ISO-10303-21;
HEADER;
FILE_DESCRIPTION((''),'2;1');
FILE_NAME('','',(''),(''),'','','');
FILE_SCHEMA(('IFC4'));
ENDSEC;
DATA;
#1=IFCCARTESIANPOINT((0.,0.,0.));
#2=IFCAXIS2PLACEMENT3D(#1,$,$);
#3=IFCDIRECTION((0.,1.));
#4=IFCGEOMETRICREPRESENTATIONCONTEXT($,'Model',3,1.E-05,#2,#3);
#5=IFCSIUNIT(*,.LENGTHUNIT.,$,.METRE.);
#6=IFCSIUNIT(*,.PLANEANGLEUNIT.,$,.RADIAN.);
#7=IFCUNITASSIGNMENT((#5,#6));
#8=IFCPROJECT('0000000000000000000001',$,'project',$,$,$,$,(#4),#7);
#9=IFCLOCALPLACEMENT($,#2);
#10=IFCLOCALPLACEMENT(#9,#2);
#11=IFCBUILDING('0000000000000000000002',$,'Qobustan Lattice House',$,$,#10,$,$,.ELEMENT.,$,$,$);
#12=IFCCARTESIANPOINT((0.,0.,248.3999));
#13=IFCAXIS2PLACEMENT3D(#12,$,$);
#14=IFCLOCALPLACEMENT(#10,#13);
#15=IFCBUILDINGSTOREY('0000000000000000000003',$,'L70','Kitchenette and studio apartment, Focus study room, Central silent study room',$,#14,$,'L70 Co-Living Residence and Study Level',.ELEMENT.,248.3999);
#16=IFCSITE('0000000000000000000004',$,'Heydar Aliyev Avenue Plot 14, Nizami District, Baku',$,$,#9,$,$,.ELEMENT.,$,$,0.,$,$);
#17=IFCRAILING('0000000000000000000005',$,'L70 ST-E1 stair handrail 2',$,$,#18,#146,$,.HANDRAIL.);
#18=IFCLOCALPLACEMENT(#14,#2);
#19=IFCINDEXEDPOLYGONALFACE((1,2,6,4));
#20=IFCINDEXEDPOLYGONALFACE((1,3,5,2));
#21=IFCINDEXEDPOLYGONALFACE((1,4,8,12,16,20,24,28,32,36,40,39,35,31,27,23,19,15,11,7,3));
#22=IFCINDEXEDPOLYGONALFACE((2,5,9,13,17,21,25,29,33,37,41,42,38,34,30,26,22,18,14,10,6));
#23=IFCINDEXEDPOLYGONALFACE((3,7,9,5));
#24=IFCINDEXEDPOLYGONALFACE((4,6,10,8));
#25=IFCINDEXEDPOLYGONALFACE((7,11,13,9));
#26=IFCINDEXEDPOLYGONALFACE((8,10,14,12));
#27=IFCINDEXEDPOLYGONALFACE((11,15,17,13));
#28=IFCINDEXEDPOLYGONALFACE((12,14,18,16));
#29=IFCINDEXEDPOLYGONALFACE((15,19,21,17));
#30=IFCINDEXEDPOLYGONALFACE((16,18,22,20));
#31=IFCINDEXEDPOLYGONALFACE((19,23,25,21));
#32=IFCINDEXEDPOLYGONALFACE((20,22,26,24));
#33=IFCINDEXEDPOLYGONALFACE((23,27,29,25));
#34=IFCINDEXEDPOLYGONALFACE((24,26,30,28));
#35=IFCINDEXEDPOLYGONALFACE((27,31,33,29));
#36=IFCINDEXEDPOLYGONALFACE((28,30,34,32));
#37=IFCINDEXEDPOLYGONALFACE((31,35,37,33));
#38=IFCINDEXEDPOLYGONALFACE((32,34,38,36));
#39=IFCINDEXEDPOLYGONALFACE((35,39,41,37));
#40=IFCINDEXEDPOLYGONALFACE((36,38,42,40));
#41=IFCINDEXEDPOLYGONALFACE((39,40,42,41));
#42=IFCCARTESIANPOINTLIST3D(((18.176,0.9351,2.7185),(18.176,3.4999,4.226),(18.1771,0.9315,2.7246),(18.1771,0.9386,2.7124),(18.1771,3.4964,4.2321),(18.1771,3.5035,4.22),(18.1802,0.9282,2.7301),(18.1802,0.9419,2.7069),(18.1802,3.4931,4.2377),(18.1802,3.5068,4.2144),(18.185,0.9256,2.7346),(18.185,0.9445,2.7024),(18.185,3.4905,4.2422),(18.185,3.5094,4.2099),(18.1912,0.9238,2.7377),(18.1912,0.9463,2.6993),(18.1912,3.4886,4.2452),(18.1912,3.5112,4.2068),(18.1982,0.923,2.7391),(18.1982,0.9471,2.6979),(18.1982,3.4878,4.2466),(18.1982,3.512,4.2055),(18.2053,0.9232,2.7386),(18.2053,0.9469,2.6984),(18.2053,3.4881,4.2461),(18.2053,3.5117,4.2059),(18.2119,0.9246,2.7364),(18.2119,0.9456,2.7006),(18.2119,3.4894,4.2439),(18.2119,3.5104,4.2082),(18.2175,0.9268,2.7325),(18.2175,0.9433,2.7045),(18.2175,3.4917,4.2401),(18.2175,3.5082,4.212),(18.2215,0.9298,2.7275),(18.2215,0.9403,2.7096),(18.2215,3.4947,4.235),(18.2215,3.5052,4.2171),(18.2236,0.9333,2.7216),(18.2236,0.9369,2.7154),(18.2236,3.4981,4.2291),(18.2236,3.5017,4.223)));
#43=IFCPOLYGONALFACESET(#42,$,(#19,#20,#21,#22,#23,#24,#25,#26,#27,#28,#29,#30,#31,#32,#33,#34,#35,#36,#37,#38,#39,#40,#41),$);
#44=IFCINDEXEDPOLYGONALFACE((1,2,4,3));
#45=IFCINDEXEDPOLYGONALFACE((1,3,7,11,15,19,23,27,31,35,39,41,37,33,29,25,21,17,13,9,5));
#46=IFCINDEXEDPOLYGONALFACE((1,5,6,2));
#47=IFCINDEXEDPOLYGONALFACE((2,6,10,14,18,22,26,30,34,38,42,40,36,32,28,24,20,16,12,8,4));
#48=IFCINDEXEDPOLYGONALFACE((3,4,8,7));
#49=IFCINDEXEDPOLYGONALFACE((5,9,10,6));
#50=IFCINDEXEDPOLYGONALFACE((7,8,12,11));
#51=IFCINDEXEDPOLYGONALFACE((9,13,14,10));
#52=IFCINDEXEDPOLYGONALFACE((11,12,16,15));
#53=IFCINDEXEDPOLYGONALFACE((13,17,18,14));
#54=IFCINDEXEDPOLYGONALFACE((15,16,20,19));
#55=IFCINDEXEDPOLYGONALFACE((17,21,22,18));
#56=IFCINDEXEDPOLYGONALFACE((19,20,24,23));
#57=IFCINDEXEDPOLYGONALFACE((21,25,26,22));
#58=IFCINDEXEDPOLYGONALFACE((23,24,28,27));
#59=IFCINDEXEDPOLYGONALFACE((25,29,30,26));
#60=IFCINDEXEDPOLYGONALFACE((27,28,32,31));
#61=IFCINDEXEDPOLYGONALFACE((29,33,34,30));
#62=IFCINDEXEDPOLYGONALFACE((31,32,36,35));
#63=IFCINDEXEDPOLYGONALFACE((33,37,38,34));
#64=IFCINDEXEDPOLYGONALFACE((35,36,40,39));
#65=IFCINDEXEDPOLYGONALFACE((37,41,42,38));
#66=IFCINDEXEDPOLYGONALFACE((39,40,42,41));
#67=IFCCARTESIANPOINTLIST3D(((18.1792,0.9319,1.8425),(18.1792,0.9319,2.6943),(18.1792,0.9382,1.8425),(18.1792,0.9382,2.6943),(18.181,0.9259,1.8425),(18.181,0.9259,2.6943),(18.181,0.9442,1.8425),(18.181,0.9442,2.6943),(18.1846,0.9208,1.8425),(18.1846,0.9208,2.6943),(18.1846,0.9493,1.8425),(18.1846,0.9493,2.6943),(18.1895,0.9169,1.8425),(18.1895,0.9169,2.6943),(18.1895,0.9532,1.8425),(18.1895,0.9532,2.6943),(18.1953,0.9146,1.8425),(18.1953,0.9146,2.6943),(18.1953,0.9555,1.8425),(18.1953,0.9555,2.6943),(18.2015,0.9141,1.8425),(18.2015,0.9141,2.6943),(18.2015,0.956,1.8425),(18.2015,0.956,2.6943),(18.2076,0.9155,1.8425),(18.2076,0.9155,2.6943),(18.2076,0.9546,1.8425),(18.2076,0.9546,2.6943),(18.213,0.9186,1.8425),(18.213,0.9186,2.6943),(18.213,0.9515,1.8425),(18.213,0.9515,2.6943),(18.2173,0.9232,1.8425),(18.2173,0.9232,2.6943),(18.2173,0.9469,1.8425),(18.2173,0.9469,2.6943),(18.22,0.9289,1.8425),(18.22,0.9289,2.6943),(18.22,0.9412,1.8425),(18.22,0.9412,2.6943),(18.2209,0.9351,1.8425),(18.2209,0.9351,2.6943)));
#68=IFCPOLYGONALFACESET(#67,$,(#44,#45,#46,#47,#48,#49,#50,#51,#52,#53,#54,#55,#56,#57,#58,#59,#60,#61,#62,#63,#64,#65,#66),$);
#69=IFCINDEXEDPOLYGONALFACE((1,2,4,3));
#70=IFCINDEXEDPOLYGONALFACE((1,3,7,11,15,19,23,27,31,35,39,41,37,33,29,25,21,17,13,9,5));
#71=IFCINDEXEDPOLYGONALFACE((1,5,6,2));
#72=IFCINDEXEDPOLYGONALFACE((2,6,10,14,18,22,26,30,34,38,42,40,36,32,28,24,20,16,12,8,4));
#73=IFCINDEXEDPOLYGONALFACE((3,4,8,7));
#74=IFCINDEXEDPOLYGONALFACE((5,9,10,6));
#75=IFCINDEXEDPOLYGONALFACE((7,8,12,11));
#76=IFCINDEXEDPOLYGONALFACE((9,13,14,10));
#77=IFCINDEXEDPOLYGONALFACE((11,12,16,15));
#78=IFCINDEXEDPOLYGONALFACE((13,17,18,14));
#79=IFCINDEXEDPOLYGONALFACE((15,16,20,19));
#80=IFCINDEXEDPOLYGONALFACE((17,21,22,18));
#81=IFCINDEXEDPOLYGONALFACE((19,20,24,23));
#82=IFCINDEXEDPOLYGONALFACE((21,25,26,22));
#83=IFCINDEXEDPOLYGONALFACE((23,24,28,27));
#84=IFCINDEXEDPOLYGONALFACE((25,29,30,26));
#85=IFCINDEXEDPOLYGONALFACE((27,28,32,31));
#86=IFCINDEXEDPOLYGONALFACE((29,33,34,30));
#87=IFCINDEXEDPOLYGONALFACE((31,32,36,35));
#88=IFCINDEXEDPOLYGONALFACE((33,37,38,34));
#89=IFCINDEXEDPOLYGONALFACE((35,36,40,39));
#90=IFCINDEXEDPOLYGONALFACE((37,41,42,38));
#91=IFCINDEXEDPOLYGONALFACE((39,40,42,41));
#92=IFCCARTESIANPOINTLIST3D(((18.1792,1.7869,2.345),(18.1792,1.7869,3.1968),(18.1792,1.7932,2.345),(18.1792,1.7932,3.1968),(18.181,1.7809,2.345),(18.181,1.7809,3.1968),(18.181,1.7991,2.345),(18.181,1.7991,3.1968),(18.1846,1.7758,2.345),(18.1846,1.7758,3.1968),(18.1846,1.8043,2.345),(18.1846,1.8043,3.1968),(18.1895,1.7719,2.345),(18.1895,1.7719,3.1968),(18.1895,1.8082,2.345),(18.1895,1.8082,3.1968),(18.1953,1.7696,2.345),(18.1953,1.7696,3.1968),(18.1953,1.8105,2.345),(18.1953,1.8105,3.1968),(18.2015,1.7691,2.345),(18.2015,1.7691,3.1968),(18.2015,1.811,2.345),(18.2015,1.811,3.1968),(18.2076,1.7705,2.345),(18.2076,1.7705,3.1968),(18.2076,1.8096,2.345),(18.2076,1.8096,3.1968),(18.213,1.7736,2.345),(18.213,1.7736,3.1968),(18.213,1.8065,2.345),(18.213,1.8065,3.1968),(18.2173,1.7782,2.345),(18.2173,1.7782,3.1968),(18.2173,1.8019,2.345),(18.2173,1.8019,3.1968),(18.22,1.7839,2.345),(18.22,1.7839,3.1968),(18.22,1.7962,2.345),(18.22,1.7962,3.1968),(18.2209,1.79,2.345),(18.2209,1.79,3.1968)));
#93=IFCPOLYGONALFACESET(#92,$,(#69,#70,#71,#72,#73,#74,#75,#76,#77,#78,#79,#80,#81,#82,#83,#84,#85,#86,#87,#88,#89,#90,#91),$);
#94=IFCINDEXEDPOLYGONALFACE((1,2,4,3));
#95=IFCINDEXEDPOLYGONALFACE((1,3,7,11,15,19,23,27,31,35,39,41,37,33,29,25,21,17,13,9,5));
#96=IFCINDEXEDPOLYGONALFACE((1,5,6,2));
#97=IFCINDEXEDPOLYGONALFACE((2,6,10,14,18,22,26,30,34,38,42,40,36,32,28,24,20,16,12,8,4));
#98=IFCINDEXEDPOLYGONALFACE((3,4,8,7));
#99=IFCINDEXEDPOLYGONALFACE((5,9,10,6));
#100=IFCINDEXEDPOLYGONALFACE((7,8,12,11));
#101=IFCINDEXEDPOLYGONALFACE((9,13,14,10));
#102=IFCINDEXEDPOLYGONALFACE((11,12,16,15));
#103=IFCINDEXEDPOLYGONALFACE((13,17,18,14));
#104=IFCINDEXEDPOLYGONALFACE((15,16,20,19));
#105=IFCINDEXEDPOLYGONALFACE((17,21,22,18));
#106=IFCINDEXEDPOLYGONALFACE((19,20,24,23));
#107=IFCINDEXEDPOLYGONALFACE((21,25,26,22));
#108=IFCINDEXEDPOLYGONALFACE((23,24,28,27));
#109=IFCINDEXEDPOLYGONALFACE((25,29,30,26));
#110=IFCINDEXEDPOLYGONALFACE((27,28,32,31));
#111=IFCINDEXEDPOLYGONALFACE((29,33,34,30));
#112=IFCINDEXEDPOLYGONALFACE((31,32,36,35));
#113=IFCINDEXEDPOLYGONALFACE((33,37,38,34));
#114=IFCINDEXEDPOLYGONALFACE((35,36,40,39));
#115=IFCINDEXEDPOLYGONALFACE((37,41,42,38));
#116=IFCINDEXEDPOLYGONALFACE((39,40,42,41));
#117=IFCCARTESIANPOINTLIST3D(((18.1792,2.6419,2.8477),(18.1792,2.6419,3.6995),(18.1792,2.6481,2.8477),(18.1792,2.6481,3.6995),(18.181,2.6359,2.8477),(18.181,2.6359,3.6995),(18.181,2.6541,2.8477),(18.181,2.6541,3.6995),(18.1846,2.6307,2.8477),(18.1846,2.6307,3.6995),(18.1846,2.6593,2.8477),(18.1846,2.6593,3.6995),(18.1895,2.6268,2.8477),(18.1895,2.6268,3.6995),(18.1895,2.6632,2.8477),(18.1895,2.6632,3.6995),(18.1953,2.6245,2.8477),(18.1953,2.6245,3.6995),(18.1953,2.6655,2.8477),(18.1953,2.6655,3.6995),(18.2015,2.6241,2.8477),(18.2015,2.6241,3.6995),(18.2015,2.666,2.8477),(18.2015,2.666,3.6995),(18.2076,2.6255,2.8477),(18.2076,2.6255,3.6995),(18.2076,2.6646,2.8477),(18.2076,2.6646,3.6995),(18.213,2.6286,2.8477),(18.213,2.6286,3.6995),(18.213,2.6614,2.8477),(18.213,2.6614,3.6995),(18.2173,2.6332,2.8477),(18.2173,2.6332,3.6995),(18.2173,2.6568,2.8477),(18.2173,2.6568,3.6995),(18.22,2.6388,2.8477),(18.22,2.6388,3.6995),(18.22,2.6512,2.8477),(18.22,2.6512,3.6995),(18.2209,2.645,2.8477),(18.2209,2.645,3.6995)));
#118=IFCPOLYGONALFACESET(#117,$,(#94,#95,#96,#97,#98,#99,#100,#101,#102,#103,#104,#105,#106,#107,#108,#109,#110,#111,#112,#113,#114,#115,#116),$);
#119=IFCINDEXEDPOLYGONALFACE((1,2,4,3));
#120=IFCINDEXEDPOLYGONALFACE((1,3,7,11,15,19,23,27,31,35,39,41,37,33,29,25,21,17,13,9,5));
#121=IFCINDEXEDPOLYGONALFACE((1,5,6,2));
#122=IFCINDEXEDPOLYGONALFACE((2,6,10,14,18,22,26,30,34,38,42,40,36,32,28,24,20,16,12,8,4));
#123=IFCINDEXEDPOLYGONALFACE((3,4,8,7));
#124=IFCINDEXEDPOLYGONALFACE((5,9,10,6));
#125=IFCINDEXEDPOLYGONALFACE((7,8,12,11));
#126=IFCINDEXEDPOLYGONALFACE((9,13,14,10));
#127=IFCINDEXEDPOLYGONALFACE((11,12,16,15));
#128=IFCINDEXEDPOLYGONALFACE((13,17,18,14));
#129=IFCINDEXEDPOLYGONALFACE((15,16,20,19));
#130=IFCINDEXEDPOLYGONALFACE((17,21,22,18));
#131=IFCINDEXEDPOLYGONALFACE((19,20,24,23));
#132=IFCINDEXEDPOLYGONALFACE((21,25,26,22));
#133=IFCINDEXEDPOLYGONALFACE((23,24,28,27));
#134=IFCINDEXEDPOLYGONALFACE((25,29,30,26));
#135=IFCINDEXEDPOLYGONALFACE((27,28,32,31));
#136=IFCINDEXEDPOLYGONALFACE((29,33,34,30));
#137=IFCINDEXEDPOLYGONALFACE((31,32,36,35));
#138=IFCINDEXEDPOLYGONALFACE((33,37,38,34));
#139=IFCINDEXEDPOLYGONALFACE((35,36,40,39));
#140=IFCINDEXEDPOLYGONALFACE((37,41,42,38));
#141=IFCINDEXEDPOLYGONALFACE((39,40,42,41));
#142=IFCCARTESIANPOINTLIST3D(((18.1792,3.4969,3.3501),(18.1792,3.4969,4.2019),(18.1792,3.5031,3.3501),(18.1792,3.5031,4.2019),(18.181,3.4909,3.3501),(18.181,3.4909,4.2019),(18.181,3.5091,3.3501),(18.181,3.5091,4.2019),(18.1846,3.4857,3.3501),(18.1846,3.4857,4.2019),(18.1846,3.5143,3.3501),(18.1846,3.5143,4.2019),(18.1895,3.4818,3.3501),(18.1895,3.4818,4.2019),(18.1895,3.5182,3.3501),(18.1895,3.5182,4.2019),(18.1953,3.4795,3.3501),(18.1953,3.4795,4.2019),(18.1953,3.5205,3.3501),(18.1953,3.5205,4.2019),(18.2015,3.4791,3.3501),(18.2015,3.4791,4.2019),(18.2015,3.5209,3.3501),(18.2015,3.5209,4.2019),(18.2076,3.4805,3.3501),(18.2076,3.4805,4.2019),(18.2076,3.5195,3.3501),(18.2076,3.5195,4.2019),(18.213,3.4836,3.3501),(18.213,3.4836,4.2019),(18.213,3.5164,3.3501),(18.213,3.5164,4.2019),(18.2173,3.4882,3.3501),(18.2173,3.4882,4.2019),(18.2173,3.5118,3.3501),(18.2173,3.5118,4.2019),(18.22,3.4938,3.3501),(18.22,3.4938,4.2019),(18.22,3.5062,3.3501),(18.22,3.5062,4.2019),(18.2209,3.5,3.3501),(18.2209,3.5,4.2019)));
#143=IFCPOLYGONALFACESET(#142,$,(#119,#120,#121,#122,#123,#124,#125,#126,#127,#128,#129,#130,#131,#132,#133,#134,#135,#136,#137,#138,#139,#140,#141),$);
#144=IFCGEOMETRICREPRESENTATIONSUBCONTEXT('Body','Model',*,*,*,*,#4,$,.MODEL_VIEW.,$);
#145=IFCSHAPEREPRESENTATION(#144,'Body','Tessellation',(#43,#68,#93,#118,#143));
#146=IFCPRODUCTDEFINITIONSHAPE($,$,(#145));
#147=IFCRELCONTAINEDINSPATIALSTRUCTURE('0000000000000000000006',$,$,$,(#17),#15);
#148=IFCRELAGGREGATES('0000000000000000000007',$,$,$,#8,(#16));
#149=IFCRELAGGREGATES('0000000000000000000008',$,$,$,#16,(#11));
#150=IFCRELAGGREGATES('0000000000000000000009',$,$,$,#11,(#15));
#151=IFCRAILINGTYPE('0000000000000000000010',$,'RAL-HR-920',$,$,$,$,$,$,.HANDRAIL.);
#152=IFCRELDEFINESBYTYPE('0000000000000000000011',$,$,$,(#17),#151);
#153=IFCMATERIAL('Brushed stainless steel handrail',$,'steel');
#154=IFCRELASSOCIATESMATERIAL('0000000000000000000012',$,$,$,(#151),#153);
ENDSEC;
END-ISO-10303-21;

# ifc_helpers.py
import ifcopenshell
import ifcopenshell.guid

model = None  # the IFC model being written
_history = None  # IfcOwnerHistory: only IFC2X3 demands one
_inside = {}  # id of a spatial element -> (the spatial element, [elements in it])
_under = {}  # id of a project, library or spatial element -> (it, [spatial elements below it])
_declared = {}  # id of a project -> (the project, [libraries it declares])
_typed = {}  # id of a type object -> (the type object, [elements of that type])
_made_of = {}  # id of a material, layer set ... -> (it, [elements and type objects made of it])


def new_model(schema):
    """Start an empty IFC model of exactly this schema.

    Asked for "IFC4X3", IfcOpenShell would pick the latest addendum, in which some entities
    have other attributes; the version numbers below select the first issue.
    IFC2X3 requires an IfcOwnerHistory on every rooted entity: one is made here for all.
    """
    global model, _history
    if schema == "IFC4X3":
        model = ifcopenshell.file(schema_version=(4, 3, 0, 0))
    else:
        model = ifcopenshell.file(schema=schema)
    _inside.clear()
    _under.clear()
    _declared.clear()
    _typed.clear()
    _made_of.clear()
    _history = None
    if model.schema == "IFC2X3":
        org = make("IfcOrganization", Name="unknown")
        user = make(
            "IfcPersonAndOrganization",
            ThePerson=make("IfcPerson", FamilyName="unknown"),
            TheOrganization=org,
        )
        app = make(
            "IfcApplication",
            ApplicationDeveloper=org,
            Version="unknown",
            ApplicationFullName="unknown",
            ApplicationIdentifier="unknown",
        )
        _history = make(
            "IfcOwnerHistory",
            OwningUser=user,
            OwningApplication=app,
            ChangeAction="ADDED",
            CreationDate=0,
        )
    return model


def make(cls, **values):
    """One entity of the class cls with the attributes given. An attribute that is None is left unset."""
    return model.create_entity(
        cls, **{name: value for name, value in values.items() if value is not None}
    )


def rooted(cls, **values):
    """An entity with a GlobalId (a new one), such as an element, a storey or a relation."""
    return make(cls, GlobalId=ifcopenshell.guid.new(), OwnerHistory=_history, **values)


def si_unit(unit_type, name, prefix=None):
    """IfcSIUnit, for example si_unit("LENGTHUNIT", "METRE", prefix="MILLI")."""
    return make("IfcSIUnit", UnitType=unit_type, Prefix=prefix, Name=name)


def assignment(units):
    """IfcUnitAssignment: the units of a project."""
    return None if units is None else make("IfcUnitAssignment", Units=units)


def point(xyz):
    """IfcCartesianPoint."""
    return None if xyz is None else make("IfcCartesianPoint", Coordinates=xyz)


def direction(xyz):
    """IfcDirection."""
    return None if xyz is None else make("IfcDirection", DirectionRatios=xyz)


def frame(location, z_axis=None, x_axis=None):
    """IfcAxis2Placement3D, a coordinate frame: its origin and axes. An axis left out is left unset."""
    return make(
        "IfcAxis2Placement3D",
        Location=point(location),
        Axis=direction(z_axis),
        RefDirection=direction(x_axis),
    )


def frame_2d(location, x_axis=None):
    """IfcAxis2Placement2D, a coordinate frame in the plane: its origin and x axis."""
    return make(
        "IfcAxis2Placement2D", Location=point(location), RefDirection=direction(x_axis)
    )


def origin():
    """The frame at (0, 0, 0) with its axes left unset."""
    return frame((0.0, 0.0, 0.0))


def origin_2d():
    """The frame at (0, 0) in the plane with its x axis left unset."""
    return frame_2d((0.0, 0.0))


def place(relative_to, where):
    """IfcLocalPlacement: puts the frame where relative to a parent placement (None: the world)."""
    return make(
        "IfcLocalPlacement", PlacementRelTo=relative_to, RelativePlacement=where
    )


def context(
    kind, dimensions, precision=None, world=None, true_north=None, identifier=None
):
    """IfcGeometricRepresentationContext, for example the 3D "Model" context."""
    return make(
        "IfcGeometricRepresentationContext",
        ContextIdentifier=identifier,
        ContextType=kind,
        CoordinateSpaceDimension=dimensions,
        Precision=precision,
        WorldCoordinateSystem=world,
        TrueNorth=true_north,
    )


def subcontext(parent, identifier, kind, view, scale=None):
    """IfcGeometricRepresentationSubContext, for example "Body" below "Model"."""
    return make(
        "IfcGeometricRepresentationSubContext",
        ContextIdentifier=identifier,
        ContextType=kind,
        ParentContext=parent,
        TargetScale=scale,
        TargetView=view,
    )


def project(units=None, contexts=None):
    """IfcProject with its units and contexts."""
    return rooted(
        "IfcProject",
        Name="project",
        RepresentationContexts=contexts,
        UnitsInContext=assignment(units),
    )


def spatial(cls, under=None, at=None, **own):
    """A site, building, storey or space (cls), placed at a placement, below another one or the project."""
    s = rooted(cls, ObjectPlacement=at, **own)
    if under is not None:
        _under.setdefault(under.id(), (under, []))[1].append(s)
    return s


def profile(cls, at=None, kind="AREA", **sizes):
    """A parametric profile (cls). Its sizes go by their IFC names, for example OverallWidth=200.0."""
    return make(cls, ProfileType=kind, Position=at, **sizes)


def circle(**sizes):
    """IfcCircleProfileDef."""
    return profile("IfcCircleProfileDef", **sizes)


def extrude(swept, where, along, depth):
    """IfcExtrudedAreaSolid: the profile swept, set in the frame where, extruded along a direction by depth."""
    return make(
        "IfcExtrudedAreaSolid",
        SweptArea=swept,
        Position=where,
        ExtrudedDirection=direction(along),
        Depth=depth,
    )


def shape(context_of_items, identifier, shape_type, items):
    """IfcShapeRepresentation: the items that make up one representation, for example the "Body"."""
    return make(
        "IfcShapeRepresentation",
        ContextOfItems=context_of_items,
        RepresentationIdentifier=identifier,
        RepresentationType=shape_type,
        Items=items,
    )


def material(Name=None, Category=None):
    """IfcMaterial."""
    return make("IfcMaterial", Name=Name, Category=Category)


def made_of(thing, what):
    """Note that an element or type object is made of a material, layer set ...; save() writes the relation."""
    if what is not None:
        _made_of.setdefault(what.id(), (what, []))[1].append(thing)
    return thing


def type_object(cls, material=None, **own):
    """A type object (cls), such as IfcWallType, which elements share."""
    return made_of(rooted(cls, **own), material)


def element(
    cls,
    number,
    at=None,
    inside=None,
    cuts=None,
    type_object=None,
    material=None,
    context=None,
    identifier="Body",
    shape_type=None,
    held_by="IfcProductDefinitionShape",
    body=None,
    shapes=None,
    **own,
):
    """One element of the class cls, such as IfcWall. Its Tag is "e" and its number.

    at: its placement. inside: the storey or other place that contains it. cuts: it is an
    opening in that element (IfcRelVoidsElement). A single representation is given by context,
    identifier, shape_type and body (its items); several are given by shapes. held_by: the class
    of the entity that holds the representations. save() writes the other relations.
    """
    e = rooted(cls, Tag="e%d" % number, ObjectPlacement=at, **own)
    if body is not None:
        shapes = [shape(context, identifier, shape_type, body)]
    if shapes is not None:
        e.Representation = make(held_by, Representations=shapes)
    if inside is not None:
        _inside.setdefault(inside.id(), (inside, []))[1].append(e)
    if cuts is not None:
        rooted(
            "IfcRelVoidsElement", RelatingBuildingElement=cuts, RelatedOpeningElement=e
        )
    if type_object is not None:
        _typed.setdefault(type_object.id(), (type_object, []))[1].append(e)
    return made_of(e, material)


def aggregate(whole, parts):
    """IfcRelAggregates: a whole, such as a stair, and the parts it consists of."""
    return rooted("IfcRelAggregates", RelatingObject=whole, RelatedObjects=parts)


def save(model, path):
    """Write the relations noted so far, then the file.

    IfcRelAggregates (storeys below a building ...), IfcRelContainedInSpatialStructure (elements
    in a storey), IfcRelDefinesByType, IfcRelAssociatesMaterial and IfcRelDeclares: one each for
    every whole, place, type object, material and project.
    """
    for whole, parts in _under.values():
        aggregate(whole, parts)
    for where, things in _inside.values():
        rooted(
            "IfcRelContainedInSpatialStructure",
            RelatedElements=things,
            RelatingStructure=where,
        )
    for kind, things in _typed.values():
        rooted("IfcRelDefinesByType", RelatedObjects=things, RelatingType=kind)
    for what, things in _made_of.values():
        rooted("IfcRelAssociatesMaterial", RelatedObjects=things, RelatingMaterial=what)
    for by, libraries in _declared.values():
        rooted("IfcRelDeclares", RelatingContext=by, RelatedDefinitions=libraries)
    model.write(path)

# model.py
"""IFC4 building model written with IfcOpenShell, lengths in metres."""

from ifc_helpers import new_model, si_unit, direction, frame, origin, origin_2d, place, context, subcontext, project, spatial, circle, extrude, material, type_object, element, save


model = new_model("IFC4")

# Units and contexts
model_context = context("Model", 3, precision=1e-05, world=origin(), true_north=direction((0.0, 1.0)))
body_context = subcontext(model_context, "Body", "Model", "MODEL_VIEW")
ifc_project = project(units=[si_unit("LENGTHUNIT", "METRE"), si_unit("PLANEANGLEUNIT", "RADIAN")], contexts=[model_context])

# Site, building, storey
site_placement = place(None, origin())
site = spatial("IfcSite", under=ifc_project, at=site_placement, Name="Heydar Aliyev Avenue Plot 14, Nizami District, Baku", CompositionType="ELEMENT", RefElevation=0.0)
building_placement = place(site_placement, origin())
building = spatial("IfcBuilding", under=site, at=building_placement, Name="Qobustan Lattice House", CompositionType="ELEMENT")
storey_placement = place(building_placement, frame((0.0, 0.0, 248.3999)))
storey = spatial("IfcBuildingStorey", under=building, at=storey_placement, Name="L70", Description="Kitchenette and studio apartment, Focus study room, Central silent study room", LongName="L70 Co-Living Residence and Study Level", CompositionType="ELEMENT", Elevation=248.3999)

# Railing
ifc_material_1 = material(Name="Brushed stainless steel handrail", Category="steel")
railing_type_1 = type_object("IfcRailingType", Name="RAL-HR-920", PredefinedType="HANDRAIL", material=ifc_material_1)
railing_1_placement = place(storey_placement, frame((18.2, 0.9351, 1.8425)))
element("IfcRailing", 1, at=railing_1_placement, inside=storey, type_object=railing_type_1, Name="L70 ST-E1 stair handrail 2", PredefinedType="HANDRAIL", context=body_context, shape_type="SweptSolid", body=[
    extrude(circle(Radius=0.0239, at=origin_2d()), frame((0.0, 0.0, 0.876), z_axis=(0.0, 0.862113, 0.506715), x_axis=(-1.0, 0.0, 0.0)), (0.0, 0.0, 1.0), 2.9751),
    extrude(circle(Radius=0.021, at=origin_2d()), origin(), (0.0, 0.0, 1.0), 0.8518),
    extrude(circle(Radius=0.021, at=origin_2d()), frame((0.0, 0.855, 0.5024)), (0.0, 0.0, 1.0), 0.8518),
    extrude(circle(Radius=0.021, at=origin_2d()), frame((0.0, 1.71, 1.0051)), (0.0, 0.0, 1.0), 0.8518),
    extrude(circle(Radius=0.021, at=origin_2d()), frame((0.0, 2.5649, 1.5076)), (0.0, 0.0, 1.0), 0.8518),
])

save(model, "model.ifc")
